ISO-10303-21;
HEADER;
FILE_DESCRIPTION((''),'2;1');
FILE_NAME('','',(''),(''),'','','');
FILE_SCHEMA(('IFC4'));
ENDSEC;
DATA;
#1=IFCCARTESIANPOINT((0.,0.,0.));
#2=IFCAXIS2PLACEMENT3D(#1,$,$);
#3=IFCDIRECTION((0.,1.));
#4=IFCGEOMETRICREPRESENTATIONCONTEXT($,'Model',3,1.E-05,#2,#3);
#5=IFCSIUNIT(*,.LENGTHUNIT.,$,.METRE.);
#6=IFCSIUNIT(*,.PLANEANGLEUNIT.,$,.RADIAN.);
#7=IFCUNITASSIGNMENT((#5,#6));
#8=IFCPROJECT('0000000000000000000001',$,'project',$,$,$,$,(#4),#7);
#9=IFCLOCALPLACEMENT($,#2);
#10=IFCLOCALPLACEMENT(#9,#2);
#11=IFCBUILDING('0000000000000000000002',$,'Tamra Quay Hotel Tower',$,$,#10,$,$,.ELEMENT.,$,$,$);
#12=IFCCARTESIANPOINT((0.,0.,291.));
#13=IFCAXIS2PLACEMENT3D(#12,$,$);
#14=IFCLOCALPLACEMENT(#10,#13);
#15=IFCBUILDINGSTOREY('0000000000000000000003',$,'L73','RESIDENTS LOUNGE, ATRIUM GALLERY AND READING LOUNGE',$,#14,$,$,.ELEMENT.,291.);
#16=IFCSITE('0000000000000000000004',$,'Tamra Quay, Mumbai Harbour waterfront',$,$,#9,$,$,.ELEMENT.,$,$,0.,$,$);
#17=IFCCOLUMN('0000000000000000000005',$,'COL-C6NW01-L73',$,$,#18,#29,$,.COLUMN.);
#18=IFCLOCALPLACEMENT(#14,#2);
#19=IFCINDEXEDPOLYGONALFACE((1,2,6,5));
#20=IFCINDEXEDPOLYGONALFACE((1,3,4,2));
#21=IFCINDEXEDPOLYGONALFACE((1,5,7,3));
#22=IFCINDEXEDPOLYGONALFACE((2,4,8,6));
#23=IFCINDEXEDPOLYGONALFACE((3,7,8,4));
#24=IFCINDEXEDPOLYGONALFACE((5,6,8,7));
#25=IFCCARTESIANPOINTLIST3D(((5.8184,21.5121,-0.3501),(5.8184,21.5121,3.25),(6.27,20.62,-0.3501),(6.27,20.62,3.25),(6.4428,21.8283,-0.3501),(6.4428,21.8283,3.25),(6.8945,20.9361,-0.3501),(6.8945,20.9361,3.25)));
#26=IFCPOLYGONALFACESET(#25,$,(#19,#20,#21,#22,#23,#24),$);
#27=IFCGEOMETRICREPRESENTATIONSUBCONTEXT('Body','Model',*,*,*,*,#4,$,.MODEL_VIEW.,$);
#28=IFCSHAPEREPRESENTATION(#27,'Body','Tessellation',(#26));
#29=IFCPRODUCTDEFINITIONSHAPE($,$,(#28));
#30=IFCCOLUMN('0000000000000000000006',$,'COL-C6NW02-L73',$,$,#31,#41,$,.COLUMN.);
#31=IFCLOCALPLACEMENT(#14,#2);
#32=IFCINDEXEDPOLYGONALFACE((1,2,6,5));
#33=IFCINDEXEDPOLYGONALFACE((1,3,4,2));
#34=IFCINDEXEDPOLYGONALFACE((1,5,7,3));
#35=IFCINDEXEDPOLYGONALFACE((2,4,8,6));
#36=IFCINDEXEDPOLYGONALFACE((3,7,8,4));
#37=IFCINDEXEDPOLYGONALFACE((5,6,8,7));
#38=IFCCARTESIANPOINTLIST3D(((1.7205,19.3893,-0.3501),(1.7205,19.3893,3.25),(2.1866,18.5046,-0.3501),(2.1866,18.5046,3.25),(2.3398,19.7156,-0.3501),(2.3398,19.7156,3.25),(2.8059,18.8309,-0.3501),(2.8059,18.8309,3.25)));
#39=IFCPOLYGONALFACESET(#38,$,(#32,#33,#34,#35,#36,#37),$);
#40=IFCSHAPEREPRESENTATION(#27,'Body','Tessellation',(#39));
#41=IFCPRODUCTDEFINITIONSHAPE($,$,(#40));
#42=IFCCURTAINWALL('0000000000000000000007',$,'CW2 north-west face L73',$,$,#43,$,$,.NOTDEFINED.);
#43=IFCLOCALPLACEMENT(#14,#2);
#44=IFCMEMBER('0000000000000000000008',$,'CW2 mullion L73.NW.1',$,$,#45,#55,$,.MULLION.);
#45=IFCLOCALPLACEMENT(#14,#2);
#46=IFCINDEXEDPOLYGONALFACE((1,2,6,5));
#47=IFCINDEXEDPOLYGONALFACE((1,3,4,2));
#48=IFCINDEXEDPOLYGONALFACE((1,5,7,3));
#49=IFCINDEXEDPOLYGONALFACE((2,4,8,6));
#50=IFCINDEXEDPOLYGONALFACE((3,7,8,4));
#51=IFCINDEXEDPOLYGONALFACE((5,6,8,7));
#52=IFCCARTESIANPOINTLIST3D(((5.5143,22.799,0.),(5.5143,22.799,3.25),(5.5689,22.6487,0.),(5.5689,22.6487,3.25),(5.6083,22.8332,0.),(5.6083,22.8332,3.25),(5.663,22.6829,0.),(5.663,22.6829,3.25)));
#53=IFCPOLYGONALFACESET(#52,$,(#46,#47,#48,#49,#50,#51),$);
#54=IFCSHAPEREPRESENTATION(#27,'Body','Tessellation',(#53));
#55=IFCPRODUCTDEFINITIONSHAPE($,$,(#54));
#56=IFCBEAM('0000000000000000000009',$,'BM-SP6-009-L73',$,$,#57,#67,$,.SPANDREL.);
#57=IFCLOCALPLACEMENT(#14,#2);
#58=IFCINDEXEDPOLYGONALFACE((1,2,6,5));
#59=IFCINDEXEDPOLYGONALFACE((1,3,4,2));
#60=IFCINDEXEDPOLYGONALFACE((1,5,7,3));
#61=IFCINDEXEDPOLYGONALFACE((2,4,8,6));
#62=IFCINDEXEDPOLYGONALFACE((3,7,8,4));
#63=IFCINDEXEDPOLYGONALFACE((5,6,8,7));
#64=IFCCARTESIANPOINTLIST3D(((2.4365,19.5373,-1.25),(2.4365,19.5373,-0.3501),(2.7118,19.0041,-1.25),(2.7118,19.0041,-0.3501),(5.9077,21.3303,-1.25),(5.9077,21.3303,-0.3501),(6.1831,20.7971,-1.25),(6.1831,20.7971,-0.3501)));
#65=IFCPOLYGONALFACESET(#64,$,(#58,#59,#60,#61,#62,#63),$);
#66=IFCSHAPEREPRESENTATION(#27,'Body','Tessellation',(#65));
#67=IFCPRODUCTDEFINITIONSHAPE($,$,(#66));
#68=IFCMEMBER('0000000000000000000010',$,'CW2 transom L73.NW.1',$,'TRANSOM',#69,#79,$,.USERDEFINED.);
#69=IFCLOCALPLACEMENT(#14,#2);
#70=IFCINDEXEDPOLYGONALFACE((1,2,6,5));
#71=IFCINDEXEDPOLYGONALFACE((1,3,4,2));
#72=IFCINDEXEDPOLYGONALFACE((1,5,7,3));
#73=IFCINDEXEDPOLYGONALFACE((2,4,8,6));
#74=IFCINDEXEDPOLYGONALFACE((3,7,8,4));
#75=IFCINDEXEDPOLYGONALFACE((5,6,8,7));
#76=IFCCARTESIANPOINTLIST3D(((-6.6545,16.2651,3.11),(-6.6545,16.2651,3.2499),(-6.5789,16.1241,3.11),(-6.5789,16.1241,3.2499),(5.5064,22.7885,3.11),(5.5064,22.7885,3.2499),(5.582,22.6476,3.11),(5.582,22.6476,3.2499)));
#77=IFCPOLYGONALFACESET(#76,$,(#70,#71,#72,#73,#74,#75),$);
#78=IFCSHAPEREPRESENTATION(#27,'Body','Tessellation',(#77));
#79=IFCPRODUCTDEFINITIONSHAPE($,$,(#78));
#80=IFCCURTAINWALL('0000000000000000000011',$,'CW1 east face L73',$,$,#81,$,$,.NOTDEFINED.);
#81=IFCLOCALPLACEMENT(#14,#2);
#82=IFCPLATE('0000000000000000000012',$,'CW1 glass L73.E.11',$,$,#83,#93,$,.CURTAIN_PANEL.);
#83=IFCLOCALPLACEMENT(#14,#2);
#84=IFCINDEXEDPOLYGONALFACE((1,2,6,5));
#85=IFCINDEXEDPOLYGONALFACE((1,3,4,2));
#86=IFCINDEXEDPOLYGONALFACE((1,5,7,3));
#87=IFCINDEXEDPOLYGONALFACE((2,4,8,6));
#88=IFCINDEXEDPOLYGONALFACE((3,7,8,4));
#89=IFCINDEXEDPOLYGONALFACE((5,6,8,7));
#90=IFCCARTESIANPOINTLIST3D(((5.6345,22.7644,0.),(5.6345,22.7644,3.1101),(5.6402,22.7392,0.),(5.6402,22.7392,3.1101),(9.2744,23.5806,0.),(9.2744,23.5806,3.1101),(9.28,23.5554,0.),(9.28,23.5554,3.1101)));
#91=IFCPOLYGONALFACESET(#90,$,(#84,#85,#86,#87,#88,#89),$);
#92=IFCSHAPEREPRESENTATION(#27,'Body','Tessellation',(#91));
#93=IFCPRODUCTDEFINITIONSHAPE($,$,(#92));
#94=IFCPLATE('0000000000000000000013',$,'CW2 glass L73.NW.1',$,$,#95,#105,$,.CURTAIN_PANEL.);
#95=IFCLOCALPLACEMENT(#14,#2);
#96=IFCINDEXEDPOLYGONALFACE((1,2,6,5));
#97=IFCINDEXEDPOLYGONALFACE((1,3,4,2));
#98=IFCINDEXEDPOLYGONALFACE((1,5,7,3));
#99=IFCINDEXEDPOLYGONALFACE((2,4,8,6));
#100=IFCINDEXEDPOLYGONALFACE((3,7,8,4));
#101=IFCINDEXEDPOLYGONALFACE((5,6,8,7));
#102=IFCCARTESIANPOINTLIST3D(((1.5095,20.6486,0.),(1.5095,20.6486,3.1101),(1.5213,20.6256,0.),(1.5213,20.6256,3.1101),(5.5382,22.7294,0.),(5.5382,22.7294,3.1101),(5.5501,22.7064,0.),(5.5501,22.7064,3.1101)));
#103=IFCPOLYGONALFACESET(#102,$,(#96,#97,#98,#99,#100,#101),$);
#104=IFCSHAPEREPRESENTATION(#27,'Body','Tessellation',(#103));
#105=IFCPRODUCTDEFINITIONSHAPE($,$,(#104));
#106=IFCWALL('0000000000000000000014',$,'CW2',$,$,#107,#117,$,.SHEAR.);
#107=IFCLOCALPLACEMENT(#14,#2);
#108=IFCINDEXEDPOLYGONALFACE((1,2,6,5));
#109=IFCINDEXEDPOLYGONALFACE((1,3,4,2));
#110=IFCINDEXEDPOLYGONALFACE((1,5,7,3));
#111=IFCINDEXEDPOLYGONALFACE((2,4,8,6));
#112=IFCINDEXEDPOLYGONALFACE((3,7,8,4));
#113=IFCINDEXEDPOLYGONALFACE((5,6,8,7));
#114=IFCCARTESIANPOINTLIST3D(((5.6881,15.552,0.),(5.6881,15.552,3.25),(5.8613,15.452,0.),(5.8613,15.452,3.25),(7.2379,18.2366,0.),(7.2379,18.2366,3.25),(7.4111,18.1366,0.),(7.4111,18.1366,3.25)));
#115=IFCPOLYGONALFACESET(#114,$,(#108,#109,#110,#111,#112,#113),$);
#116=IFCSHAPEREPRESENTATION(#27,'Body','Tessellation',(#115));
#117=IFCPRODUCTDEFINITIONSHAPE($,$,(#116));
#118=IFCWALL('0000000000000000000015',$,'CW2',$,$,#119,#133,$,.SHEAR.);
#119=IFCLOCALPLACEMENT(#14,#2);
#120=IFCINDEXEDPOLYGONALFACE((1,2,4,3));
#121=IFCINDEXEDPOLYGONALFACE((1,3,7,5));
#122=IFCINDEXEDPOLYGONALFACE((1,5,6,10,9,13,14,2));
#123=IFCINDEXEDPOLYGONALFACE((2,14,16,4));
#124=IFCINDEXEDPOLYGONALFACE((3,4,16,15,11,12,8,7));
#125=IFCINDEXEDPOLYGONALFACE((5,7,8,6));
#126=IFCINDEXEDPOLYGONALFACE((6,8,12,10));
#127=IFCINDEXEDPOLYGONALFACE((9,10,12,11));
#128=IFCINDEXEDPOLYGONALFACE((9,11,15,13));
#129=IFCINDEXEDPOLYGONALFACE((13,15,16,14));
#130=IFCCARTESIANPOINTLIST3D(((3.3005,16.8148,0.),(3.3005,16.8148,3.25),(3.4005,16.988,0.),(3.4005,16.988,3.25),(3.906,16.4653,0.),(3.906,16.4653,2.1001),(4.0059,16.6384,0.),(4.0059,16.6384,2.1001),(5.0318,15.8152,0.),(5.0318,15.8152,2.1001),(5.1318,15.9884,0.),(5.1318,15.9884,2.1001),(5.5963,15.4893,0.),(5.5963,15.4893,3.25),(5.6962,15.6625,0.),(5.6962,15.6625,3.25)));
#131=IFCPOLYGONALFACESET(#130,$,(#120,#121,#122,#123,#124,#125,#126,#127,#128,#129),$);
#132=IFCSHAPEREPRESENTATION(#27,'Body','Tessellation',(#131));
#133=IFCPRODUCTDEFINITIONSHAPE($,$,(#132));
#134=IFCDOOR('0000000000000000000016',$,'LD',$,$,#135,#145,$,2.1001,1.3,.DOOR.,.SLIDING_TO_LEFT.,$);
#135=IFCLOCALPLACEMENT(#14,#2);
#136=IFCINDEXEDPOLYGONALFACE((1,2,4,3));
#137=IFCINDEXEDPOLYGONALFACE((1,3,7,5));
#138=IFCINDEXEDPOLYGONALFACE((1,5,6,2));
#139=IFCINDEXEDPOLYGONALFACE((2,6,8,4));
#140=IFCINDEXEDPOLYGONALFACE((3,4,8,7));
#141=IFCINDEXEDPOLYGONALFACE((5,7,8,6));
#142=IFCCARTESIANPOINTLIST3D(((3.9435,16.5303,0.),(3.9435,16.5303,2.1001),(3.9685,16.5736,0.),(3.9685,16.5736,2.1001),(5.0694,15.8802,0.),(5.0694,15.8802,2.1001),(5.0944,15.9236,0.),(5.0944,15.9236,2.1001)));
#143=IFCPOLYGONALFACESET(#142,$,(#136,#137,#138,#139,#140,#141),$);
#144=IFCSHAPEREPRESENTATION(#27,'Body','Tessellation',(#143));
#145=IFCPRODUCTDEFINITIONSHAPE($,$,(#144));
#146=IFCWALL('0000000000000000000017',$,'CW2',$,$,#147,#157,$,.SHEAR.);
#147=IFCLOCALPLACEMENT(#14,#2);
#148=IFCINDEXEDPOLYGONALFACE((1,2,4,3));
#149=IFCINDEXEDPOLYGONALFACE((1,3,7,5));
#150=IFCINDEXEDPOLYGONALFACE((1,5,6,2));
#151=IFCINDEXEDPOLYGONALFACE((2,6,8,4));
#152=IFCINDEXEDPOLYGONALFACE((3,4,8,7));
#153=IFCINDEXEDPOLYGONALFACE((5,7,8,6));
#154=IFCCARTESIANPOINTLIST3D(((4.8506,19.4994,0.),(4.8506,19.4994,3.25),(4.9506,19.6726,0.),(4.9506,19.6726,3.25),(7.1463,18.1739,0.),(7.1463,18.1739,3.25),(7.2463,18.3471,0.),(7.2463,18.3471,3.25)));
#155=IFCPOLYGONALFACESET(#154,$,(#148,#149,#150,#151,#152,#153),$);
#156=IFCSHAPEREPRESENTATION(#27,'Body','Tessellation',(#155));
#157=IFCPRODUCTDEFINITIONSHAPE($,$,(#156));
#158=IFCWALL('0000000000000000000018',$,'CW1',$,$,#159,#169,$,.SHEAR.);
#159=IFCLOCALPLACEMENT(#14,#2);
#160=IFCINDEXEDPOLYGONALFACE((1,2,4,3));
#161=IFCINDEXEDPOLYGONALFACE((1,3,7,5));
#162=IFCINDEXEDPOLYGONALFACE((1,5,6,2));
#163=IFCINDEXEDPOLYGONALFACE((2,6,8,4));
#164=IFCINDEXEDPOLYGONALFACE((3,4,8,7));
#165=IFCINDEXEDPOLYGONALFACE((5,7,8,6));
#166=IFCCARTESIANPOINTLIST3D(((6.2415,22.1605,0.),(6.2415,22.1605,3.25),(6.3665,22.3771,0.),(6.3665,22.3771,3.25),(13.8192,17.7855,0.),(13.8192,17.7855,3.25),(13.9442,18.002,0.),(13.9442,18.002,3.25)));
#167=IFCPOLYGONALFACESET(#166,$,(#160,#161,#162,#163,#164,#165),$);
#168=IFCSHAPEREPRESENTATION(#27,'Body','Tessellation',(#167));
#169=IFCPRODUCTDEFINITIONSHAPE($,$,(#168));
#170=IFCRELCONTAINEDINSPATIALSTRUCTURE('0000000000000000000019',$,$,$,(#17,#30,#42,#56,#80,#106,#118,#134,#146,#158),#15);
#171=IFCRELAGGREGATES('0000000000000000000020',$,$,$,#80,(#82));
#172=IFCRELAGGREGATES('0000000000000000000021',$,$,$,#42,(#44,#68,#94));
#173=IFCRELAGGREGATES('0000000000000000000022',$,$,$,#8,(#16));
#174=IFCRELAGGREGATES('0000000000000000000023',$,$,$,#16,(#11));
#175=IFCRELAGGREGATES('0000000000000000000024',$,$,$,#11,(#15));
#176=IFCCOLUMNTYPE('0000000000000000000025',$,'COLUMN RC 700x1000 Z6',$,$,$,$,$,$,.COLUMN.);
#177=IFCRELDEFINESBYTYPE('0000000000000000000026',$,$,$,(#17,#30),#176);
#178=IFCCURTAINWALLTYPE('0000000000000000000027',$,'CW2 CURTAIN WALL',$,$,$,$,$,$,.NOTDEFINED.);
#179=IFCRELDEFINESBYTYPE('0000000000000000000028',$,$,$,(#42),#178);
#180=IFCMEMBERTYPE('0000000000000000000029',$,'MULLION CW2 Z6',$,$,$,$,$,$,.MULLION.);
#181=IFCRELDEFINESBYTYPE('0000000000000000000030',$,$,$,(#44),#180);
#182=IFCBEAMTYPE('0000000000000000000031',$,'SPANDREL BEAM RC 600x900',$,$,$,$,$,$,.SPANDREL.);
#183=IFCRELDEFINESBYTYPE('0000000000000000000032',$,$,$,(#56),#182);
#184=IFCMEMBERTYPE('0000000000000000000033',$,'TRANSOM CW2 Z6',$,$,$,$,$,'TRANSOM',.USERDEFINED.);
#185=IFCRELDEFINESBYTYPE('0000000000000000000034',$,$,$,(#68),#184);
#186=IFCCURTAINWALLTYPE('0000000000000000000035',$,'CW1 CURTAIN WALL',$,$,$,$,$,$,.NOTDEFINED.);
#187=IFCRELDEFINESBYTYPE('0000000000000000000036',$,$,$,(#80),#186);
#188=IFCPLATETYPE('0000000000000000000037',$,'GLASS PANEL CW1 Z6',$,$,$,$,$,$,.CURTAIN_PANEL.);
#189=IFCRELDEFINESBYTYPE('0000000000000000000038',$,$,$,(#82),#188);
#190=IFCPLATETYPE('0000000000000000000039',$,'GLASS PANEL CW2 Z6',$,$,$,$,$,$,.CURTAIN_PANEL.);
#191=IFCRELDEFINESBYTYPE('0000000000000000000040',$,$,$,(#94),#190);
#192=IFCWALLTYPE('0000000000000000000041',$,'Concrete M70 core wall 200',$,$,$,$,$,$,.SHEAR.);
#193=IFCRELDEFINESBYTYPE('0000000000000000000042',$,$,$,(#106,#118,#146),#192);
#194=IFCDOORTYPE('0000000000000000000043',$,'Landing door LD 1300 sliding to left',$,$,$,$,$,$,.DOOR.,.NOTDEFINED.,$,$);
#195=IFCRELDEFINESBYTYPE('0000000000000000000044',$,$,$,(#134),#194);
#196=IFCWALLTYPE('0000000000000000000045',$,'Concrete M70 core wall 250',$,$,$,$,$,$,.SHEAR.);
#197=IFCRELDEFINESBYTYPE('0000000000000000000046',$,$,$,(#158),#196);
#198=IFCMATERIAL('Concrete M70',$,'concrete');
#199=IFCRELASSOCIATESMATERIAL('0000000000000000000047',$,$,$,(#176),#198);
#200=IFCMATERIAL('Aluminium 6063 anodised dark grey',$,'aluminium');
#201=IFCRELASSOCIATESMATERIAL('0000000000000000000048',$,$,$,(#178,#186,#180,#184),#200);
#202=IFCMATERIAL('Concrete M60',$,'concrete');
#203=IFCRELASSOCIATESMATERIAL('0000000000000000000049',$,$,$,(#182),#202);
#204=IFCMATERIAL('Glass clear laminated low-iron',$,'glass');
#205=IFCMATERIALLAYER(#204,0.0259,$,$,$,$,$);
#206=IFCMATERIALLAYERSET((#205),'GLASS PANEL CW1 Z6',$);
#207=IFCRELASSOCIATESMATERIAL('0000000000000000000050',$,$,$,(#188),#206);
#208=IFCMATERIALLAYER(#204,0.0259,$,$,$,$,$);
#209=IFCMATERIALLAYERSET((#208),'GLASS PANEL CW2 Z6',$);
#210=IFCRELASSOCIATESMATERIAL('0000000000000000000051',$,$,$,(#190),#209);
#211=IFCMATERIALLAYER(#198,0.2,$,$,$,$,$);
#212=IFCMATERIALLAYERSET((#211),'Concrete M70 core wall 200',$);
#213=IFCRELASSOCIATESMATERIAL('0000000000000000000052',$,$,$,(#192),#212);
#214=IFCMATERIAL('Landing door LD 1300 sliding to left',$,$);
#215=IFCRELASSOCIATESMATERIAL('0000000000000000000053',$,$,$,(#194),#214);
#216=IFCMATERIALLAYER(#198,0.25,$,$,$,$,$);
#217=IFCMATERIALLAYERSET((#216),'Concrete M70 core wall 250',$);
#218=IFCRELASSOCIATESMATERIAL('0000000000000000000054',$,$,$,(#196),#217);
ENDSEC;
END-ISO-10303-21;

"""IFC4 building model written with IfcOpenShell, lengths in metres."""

from ifc_helpers import new_model, si_unit, direction, frame, frame_2d, origin, origin_2d, place, context, subcontext, project, spatial, rectangle, extrude, material, layer, layer_set, material_profile, profile_set, type_object, element, fill, aggregate, save


model = new_model("IFC4")

# Units and contexts
model_context = context("Model", 3, precision=1e-05, world=origin(), true_north=direction((0.0, 1.0)))
body_context = subcontext(model_context, "Body", "Model", "MODEL_VIEW")
ifc_project = project(units=[si_unit("LENGTHUNIT", "METRE"), si_unit("PLANEANGLEUNIT", "RADIAN")], contexts=[model_context])

# Site, building, storey
site_placement = place(None, origin())
site = spatial("IfcSite", under=ifc_project, at=site_placement, Name="Tamra Quay, Mumbai Harbour waterfront", CompositionType="ELEMENT", RefElevation=0.0)
building_placement = place(site_placement, origin())
building = spatial("IfcBuilding", under=site, at=building_placement, Name="Tamra Quay Hotel Tower", CompositionType="ELEMENT")
storey_placement = place(building_placement, frame((0.0, 0.0, 291.0)))
storey = spatial("IfcBuildingStorey", under=building, at=storey_placement, Name="L73", Description="RESIDENTS LOUNGE, ATRIUM GALLERY AND READING LOUNGE", CompositionType="ELEMENT", Elevation=291.0)

# Columns
ifc_material_1 = material(Name="Concrete M70", Category="concrete")
ifc_material_profile_1 = material_profile(ifc_material_1, rectangle(XDim=1.0, YDim=0.7, at=origin_2d()), Name="COLUMN RC 700x1000 Z6")
ifc_profile_set_1 = profile_set([ifc_material_profile_1], Name="Concrete M70")
column_type = type_object("IfcColumnType", Name="COLUMN RC 700x1000 Z6", PredefinedType="COLUMN", material=ifc_profile_set_1)
for number, where, z_axis, x_axis, name in (
    (1, (6.3564, 21.2241, -0.3501), (0.0, 0.0, 1.0), (-0.451686, 0.892177, 0.0), "COL-C6NW01-L73"),
    (2, (2.2632, 19.1101, -0.3501), (0.0, 0.0, 1.0), (-0.466118, 0.884723, 0.0), "COL-C6NW02-L73"),
):
    element("IfcColumn", number, at=place(storey_placement, frame(where, z_axis=z_axis, x_axis=x_axis)), inside=storey, type_object=column_type, Name=name, PredefinedType="COLUMN", context=body_context, shape_type="SweptSolid", body=[
        extrude(rectangle(XDim=1.0, YDim=0.7, at=origin_2d()), origin(), (0.0, 0.0, 1.0), 3.6001),
    ])

# Curtain wall, member
ifc_material_2 = material(Name="Aluminium 6063 anodised dark grey", Category="aluminium")
curtain_wall_type_1 = type_object("IfcCurtainWallType", Name="CW2 CURTAIN WALL", PredefinedType="NOTDEFINED", material=ifc_material_2)
curtain_wall_1_placement = place(storey_placement, origin())
curtain_wall_1 = element("IfcCurtainWall", 3, at=curtain_wall_1_placement, inside=storey, type_object=curtain_wall_type_1, Name="CW2 north-west face L73", PredefinedType="NOTDEFINED")
ifc_material_profile_2 = material_profile(ifc_material_2, rectangle(XDim=0.1599, YDim=0.1001, at=origin_2d()), Name="MULLION 100X160")
ifc_profile_set_2 = profile_set([ifc_material_profile_2], Name="Aluminium 6063 anodised dark grey")
member_type_1 = type_object("IfcMemberType", Name="MULLION CW2 Z6", PredefinedType="MULLION", material=ifc_profile_set_2)
member_1_placement = place(storey_placement, frame((5.5886, 22.741, 0.0), z_axis=(0.0, 0.0, 1.0), x_axis=(-0.341653, 0.939826, 0.0)))
member_1 = element("IfcMember", 4, at=member_1_placement, type_object=member_type_1, Name="CW2 mullion L73.NW.1", PredefinedType="MULLION", context=body_context, shape_type="SweptSolid", body=[
    extrude(rectangle(XDim=0.1599, YDim=0.1001, at=origin_2d()), origin(), (0.0, 0.0, 1.0), 3.25),
])

# Beam
ifc_material_3 = material(Name="Concrete M60", Category="concrete")
ifc_material_profile_3 = material_profile(ifc_material_3, rectangle(XDim=0.6001, YDim=0.8999, at=origin_2d()), Name="SPANDREL BEAM RC 600x900")
ifc_profile_set_3 = profile_set([ifc_material_profile_3], Name="Concrete M60")
beam_type = type_object("IfcBeamType", Name="SPANDREL BEAM RC 600x900", PredefinedType="SPANDREL", material=ifc_profile_set_3)
beam_placement = place(storey_placement, frame((6.0454, 21.0637, -0.8), z_axis=(-0.888476, -0.458923, 0.0), x_axis=(0.458923, -0.888476, 0.0)))
element("IfcBeam", 5, at=beam_placement, inside=storey, type_object=beam_type, Name="BM-SP6-009-L73", PredefinedType="SPANDREL", context=body_context, shape_type="SweptSolid", body=[
    extrude(rectangle(XDim=0.6001, YDim=0.8999, at=origin_2d()), origin(), (0.0, 0.0, 1.0), 3.907),
])

# Member
ifc_material_profile_4 = material_profile(ifc_material_2, rectangle(XDim=0.1599, YDim=0.1399, at=origin_2d()), Name="TRANSOM 160X140")
ifc_profile_set_4 = profile_set([ifc_material_profile_4], Name="Aluminium 6063 anodised dark grey")
member_type_2 = type_object("IfcMemberType", Name="TRANSOM CW2 Z6", ElementType="TRANSOM", PredefinedType="USERDEFINED", material=ifc_profile_set_4)
member_2_placement = place(storey_placement, frame((5.5442, 22.718, 3.1799), z_axis=(-0.881218, -0.47271, 0.0), x_axis=(0.47271, -0.881218, 0.0)))
member_2 = element("IfcMember", 6, at=member_2_placement, type_object=member_type_2, Name="CW2 transom L73.NW.1", ObjectType="TRANSOM", PredefinedType="USERDEFINED", context=body_context, shape_type="SweptSolid", body=[
    extrude(rectangle(XDim=0.1599, YDim=0.1399, at=origin_2d()), origin(), (0.0, 0.0, 1.0), 13.8),
])

# Curtain wall, plate
curtain_wall_type_2 = type_object("IfcCurtainWallType", Name="CW1 CURTAIN WALL", PredefinedType="NOTDEFINED", material=ifc_material_2)
curtain_wall_2_placement = place(storey_placement, origin())
curtain_wall_2 = element("IfcCurtainWall", 7, at=curtain_wall_2_placement, inside=storey, type_object=curtain_wall_type_2, Name="CW1 east face L73", PredefinedType="NOTDEFINED")
ifc_material_4 = material(Name="Glass clear laminated low-iron", Category="glass")
ifc_layer_1 = layer(ifc_material_4, 0.0259)
ifc_layer_set_1 = layer_set([ifc_layer_1], Name="GLASS PANEL CW1 Z6")
plate_type_1 = type_object("IfcPlateType", Name="GLASS PANEL CW1 Z6", PredefinedType="CURTAIN_PANEL", material=ifc_layer_set_1)
plate_1_placement = place(storey_placement, frame((7.4573, 23.1599, 0.0), z_axis=(0.0, 0.0, 1.0), x_axis=(-0.975768, -0.218806, 0.0)))
plate_1 = element("IfcPlate", 8, at=plate_1_placement, type_object=plate_type_1, Name="CW1 glass L73.E.11", PredefinedType="CURTAIN_PANEL", context=body_context, shape_type="SweptSolid", body=[
    extrude(rectangle(XDim=3.7302, YDim=0.0259, at=origin_2d()), origin(), (0.0, 0.0, 1.0), 3.1101),
])
aggregate(curtain_wall_2, [plate_1])

# Plate
ifc_layer_2 = layer(ifc_material_4, 0.0259)
ifc_layer_set_2 = layer_set([ifc_layer_2], Name="GLASS PANEL CW2 Z6")
plate_type_2 = type_object("IfcPlateType", Name="GLASS PANEL CW2 Z6", PredefinedType="CURTAIN_PANEL", material=ifc_layer_set_2)
plate_2_placement = place(storey_placement, frame((3.5298, 21.6775, 0.0), z_axis=(0.0, 0.0, 1.0), x_axis=(-0.888486, -0.458903, 0.0)))
plate_2 = element("IfcPlate", 9, at=plate_2_placement, type_object=plate_type_2, Name="CW2 glass L73.NW.1", PredefinedType="CURTAIN_PANEL", context=body_context, shape_type="SweptSolid", body=[
    extrude(rectangle(XDim=4.5344, YDim=0.0259, at=origin_2d()), origin(), (0.0, 0.0, 1.0), 3.1101),
])
aggregate(curtain_wall_1, [member_1, member_2, plate_2])

# Wall
ifc_layer_3 = layer(ifc_material_1, 0.2)
ifc_layer_set_3 = layer_set([ifc_layer_3], Name="Concrete M70 core wall 200")
wall_type_1 = type_object("IfcWallType", Name="Concrete M70 core wall 200", PredefinedType="SHEAR", material=ifc_layer_set_3)
wall_1_placement = place(storey_placement, frame((7.3245, 18.1865, 0.0), z_axis=(0.0, 0.0, 1.0), x_axis=(-0.499968, -0.866044, 0.0)))
element("IfcWall", 10, at=wall_1_placement, inside=storey, type_object=wall_type_1, Name="CW2", PredefinedType="SHEAR", context=body_context, shape_type="SweptSolid", body=[
    extrude(rectangle(XDim=3.0999, YDim=0.2, at=frame_2d((1.5498, 0.0))), origin(), (0.0, 0.0, 1.0), 3.25),
])

# Wall, opening, door
wall_2_placement = place(storey_placement, frame((5.6462, 15.5759, 0.0), z_axis=(0.0, 0.0, 1.0), x_axis=(-0.866018, 0.500012, 0.0)))
wall_2 = element("IfcWall", 11, at=wall_2_placement, inside=storey, type_object=wall_type_1, Name="CW2", PredefinedType="SHEAR", context=body_context, shape_type="SweptSolid", body=[
    extrude(rectangle(XDim=2.6509, YDim=0.2, at=frame_2d((1.3254, 0.0))), origin(), (0.0, 0.0, 1.0), 3.25),
])
opening_1_placement = place(wall_2_placement, frame((0.6519, 0.0, 0.0)))
opening_1 = element("IfcOpeningElement", 12, at=opening_1_placement, cuts=wall_2, PredefinedType="OPENING", context=body_context, shape_type="SweptSolid", body=[
    extrude(rectangle(XDim=1.3, YDim=2.1001, at=frame_2d((0.6499, 1.05))), frame((0.0, 0.1099, 0.0), z_axis=(0.0, -1.0, 0.0), x_axis=(1.0, 0.0, 0.0)), (0.0, 0.0, 1.0), 0.22),
])
ifc_material_5 = material(Name="Landing door LD 1300 sliding to left")
door_type_1 = type_object("IfcDoorType", Name="Landing door LD 1300 sliding to left", OperationType="NOTDEFINED", PredefinedType="DOOR", material=ifc_material_5)
door_1_placement = place(opening_1_placement, origin())
door_1 = element("IfcDoor", 13, at=door_1_placement, inside=storey, type_object=door_type_1, Name="LD", OperationType="SLIDING_TO_LEFT", OverallHeight=2.1001, OverallWidth=1.3, PredefinedType="DOOR", context=body_context, shape_type="SweptSolid", body=[
    extrude(rectangle(XDim=1.3, YDim=2.1001, at=frame_2d((0.6499, 1.05))), frame((0.0, 0.0249, 0.0), z_axis=(0.0, -1.0, 0.0), x_axis=(1.0, 0.0, 0.0)), (0.0, 0.0, 1.0), 0.05),
])
fill(opening_1, door_1)

# Walls
wall_3_placement = place(storey_placement, frame((7.1963, 18.2605, 0.0), z_axis=(0.0, 0.0, 1.0), x_axis=(-0.866018, 0.500012, 0.0)))
element("IfcWall", 14, at=wall_3_placement, inside=storey, type_object=wall_type_1, Name="CW2", PredefinedType="SHEAR", context=body_context, shape_type="SweptSolid", body=[
    extrude(rectangle(XDim=2.6509, YDim=0.2, at=frame_2d((1.3254, 0.0))), origin(), (0.0, 0.0, 1.0), 3.25),
])
ifc_layer_4 = layer(ifc_material_1, 0.25)
ifc_layer_set_4 = layer_set([ifc_layer_4], Name="Concrete M70 core wall 250")
wall_type_2 = type_object("IfcWallType", Name="Concrete M70 core wall 250", PredefinedType="SHEAR", material=ifc_layer_set_4)
wall_4_placement = place(storey_placement, frame((6.304, 22.2688, 0.0), z_axis=(0.0, 0.0, 1.0), x_axis=(0.866023, -0.500004, 0.0)))
element("IfcWall", 15, at=wall_4_placement, inside=storey, type_object=wall_type_2, Name="CW1", PredefinedType="SHEAR", context=body_context, shape_type="SweptSolid", body=[
    extrude(rectangle(XDim=8.75, YDim=0.25, at=frame_2d((4.375, 0.0))), origin(), (0.0, 0.0, 1.0), 3.25),
])

save(model, "model.ifc")
